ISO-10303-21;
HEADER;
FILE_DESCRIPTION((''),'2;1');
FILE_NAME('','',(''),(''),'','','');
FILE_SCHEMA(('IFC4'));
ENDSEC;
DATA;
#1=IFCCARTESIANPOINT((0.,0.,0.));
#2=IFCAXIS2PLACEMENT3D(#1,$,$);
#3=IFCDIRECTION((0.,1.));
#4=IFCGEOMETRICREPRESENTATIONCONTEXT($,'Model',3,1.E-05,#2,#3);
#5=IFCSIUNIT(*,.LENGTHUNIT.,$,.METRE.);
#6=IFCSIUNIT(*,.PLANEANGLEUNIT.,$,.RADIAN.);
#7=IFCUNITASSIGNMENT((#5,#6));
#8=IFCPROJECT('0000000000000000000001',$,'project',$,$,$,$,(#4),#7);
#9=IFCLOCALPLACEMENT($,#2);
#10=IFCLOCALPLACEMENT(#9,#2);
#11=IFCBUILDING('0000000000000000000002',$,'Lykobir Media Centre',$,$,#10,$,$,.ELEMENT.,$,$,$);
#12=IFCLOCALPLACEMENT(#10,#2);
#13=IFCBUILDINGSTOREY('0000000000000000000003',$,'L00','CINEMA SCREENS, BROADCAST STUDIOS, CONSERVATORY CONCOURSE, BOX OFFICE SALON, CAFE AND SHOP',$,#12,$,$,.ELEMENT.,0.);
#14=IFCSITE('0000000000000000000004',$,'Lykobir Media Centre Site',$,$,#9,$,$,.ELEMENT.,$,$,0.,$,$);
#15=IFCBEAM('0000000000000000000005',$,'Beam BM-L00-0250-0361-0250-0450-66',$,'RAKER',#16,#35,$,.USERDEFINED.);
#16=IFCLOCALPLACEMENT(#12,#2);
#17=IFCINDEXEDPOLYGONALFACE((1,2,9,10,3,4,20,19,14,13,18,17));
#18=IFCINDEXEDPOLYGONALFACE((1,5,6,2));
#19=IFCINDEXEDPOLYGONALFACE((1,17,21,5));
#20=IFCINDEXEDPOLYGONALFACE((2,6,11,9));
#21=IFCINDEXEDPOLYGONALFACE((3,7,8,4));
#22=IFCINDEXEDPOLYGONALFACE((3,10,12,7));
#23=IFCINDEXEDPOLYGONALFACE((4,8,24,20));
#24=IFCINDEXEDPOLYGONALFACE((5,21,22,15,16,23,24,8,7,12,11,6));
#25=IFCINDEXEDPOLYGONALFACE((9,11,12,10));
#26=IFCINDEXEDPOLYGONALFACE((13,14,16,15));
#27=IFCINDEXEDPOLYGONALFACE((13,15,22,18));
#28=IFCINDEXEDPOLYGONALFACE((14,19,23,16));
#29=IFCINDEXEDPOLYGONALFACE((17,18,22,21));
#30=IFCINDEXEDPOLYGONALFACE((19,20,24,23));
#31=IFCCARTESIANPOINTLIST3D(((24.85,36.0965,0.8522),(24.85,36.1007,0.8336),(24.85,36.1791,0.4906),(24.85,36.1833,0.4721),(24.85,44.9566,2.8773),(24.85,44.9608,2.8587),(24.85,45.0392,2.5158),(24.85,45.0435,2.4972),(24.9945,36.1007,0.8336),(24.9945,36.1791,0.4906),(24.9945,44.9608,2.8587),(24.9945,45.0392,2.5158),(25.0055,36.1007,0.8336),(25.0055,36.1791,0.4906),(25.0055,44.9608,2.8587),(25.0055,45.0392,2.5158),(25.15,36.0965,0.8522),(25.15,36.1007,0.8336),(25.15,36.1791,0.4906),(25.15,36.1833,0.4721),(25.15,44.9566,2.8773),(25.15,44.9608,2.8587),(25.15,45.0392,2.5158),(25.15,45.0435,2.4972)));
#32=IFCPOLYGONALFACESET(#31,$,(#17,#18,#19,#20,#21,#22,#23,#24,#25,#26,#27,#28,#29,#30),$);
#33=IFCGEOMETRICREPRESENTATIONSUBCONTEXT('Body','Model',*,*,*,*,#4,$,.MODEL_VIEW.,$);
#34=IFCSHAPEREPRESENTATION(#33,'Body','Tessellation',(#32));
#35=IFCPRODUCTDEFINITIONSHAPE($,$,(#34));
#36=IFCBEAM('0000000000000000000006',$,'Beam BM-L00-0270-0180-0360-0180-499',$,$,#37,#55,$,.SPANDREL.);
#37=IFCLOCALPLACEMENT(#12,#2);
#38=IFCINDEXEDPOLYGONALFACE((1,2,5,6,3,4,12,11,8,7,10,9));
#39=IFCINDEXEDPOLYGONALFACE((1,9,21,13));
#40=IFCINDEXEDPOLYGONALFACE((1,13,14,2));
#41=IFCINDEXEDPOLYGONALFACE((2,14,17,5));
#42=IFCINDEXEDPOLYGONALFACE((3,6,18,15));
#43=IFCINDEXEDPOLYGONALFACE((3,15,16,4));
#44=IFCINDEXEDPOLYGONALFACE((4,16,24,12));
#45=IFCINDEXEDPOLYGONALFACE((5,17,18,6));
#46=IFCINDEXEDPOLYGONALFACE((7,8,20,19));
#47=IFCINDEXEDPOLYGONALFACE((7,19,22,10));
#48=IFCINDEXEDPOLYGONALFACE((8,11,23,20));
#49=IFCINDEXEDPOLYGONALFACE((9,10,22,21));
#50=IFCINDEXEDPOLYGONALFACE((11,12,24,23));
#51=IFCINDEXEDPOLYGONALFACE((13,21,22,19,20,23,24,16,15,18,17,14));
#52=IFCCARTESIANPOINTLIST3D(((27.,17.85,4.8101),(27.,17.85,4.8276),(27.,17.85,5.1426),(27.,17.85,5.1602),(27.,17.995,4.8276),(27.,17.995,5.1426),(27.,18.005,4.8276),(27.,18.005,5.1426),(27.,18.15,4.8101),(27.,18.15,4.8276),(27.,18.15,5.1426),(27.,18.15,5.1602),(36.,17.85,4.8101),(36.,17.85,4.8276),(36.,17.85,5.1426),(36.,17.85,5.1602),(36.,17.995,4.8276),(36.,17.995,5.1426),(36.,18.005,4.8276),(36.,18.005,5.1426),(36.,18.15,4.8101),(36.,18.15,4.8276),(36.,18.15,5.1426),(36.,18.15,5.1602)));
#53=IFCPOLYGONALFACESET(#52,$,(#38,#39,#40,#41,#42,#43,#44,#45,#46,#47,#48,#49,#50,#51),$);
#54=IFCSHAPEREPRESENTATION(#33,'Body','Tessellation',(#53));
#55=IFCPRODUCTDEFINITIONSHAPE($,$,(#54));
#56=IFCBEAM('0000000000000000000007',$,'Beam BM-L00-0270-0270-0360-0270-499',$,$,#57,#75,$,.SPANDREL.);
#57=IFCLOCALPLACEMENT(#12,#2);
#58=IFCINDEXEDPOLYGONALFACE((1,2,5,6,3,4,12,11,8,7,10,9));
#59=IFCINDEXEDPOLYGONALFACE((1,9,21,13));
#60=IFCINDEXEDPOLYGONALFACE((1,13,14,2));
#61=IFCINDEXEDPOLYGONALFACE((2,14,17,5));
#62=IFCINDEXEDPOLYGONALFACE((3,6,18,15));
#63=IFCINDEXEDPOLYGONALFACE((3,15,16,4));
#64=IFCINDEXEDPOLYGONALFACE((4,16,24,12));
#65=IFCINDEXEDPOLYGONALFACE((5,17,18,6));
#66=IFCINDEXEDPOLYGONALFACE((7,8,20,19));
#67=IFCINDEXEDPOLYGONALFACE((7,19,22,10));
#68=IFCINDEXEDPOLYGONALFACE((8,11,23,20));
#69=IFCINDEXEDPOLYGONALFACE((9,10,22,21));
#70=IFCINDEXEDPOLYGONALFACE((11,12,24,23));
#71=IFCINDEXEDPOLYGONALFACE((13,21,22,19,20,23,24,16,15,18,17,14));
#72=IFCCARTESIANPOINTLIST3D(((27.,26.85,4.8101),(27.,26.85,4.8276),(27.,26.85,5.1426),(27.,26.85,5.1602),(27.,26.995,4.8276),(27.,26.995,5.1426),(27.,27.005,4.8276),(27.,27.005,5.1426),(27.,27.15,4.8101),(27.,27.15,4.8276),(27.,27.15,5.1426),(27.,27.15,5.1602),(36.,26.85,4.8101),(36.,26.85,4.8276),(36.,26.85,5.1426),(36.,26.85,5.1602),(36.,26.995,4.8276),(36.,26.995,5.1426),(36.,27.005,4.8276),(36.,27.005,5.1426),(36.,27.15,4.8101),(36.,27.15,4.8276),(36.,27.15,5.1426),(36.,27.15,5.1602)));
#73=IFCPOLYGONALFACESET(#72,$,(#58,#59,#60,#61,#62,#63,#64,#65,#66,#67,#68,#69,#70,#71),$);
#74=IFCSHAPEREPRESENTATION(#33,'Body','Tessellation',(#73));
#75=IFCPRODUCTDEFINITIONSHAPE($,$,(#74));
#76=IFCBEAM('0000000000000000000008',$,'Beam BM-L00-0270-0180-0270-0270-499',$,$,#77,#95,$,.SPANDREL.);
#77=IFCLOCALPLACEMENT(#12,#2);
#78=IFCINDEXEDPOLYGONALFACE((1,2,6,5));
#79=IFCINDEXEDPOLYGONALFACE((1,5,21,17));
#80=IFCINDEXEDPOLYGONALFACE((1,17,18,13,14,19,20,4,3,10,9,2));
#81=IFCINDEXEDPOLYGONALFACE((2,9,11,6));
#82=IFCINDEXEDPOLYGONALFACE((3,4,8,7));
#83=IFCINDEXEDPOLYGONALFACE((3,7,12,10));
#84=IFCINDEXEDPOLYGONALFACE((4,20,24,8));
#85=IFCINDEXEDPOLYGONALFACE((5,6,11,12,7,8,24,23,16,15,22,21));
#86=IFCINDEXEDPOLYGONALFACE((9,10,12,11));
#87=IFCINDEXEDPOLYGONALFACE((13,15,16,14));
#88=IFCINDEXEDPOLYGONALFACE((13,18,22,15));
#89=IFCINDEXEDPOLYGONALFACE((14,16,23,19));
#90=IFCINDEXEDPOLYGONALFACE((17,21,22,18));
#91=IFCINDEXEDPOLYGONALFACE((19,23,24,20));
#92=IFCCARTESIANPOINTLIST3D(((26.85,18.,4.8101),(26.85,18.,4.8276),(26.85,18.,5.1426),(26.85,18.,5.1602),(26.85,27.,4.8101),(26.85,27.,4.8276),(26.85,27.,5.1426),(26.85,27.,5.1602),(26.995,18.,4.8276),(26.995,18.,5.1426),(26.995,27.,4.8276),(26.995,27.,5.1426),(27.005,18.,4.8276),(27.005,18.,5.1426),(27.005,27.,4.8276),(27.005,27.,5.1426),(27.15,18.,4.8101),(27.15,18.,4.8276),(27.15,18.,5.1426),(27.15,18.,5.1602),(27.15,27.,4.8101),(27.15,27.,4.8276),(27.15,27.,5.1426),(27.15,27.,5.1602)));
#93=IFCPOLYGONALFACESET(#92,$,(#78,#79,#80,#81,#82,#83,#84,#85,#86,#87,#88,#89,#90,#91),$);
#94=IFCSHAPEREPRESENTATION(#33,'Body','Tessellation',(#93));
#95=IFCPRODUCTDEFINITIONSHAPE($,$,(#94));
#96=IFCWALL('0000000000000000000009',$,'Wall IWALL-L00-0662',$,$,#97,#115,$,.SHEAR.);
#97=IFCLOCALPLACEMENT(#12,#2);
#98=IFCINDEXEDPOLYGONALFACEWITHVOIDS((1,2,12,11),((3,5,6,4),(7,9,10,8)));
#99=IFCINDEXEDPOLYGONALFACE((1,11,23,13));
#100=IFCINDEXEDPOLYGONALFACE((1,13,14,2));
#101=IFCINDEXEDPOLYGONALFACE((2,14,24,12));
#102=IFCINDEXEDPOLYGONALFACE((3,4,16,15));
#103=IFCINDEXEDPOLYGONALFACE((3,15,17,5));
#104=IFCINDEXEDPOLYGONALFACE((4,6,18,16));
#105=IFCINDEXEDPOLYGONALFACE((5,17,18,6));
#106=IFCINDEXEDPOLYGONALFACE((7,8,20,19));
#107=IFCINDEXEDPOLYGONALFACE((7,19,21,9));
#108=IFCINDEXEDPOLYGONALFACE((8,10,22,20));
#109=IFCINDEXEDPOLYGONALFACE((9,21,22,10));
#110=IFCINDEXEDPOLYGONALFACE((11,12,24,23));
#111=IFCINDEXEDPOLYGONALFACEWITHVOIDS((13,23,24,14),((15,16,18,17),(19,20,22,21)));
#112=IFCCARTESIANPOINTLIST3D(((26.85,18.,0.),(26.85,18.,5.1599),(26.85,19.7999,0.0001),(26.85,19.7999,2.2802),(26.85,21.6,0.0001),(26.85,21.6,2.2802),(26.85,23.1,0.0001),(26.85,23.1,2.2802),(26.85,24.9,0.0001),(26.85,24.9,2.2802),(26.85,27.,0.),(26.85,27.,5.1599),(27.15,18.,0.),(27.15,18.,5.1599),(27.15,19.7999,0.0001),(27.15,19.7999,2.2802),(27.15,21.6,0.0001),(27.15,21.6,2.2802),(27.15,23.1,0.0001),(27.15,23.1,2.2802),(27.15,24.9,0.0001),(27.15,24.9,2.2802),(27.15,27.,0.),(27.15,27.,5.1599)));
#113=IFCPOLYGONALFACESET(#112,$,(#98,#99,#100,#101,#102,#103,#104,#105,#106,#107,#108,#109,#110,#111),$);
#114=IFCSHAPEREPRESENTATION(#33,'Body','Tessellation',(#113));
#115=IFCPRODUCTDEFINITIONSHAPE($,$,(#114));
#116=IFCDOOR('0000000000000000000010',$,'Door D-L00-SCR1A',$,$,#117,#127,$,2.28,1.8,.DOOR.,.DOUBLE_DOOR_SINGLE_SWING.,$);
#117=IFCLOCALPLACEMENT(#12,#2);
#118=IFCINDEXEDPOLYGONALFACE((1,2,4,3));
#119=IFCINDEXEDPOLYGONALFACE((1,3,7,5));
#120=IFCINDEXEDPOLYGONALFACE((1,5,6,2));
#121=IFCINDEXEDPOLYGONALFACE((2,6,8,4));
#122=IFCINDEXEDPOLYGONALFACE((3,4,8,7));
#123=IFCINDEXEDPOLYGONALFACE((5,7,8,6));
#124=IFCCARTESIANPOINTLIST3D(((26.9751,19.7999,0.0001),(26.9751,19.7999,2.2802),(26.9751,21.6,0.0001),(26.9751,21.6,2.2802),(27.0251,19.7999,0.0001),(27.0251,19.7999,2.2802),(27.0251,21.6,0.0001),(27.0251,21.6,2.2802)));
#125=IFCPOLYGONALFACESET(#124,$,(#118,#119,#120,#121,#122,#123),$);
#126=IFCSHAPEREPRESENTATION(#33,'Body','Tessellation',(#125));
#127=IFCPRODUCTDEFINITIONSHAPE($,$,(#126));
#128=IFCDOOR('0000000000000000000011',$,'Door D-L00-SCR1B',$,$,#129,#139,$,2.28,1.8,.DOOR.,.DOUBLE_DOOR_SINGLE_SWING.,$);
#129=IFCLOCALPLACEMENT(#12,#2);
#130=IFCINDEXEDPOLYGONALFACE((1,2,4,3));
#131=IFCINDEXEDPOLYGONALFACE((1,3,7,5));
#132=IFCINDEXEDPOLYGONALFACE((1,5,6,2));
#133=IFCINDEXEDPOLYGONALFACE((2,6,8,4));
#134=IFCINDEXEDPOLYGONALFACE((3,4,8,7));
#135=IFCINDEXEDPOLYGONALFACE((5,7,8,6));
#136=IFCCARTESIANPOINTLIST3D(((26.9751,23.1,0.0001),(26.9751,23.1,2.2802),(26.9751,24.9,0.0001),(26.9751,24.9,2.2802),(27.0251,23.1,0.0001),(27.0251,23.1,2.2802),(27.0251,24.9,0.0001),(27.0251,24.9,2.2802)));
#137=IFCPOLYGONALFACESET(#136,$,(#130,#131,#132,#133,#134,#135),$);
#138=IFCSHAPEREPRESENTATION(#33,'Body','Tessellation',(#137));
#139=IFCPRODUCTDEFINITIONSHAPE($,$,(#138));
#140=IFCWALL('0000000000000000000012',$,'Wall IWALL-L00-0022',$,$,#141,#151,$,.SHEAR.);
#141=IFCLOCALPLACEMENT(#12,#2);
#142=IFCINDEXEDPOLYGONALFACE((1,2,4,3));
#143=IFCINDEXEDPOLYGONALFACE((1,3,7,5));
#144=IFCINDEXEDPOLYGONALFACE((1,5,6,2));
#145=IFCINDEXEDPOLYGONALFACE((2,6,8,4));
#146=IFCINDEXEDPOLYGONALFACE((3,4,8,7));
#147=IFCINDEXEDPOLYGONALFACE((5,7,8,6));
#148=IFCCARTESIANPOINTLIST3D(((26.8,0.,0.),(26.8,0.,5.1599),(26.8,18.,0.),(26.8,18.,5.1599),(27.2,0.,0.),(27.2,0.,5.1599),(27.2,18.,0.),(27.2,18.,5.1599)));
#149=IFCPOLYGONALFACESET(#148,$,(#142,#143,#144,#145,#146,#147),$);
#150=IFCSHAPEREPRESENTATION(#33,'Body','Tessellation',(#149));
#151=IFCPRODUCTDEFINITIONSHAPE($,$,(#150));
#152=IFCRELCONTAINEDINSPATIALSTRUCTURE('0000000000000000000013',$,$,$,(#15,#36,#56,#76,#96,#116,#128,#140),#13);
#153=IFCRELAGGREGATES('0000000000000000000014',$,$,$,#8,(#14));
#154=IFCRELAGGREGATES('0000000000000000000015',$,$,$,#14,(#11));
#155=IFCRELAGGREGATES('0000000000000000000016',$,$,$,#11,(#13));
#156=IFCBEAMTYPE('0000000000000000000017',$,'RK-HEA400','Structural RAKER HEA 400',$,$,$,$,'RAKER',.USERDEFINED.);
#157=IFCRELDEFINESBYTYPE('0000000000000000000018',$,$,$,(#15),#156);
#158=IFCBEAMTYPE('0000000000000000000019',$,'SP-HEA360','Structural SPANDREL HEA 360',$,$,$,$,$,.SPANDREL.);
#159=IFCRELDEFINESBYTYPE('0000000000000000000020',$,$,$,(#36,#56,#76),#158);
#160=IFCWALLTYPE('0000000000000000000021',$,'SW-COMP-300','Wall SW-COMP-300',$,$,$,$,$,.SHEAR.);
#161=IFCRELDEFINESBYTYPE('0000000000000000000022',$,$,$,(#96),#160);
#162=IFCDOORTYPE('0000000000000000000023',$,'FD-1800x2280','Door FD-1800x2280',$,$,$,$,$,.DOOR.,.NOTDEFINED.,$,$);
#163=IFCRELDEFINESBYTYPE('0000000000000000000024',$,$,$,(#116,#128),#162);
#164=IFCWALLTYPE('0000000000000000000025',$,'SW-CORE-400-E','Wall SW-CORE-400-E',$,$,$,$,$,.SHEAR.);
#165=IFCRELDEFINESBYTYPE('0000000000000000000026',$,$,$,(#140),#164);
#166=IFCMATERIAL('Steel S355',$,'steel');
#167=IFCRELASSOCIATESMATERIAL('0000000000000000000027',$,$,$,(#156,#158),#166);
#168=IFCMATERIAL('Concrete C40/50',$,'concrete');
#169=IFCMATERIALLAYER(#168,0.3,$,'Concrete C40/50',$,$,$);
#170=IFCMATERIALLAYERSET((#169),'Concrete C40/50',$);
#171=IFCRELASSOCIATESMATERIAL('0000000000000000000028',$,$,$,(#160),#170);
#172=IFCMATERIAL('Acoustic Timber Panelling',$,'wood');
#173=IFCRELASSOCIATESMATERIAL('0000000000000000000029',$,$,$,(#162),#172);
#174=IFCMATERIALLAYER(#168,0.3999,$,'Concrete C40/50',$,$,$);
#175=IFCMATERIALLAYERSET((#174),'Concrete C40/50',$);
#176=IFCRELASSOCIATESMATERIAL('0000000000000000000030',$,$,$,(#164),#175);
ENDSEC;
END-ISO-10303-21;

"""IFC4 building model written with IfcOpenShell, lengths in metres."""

from ifc_helpers import new_model, si_unit, direction, frame, frame_2d, origin, origin_2d, place, context, subcontext, project, spatial, rectangle, i_section, extrude, material, layer, layer_set, material_profile, profile_set, type_object, element, fill, save


model = new_model("IFC4")

# Units and contexts
model_context = context("Model", 3, precision=1e-05, world=origin(), true_north=direction((0.0, 1.0)))
body_context = subcontext(model_context, "Body", "Model", "MODEL_VIEW")
ifc_project = project(units=[si_unit("LENGTHUNIT", "METRE"), si_unit("PLANEANGLEUNIT", "RADIAN")], contexts=[model_context])

# Site, building, storey
site_placement = place(None, origin())
site = spatial("IfcSite", under=ifc_project, at=site_placement, Name="Lykobir Media Centre Site", CompositionType="ELEMENT", RefElevation=0.0)
building_placement = place(site_placement, origin())
building = spatial("IfcBuilding", under=site, at=building_placement, Name="Lykobir Media Centre", CompositionType="ELEMENT")
storey_placement = place(building_placement, origin())
storey = spatial("IfcBuildingStorey", under=building, at=storey_placement, Name="L00", Description="CINEMA SCREENS, BROADCAST STUDIOS, CONSERVATORY CONCOURSE, BOX OFFICE SALON, CAFE AND SHOP", CompositionType="ELEMENT", Elevation=0.0)

# Shared definitions
ifc_material_1 = material(Name="Concrete C40/50", Category="concrete")
ifc_material_2 = material(Name="Steel S355", Category="steel")

# Beams
ifc_material_profile_1 = material_profile(ifc_material_2, i_section(OverallWidth=0.3, OverallDepth=0.3899, WebThickness=0.011, FlangeThickness=0.019, at=origin_2d()), Name="HEA 400")
ifc_profile_set_1 = profile_set([ifc_material_profile_1], Name="Steel S355")
beam_type_1 = type_object("IfcBeamType", Name="RK-HEA400", Description="Structural RAKER HEA 400", ElementType="RAKER", PredefinedType="USERDEFINED", material=ifc_profile_set_1)
for number, where, z_axis, x_axis, name in (
    (1, (25.0, 36.1399, 0.6621), (0.0, 0.974859, 0.222823), (-1.0, 0.0, 0.0), "Beam BM-L00-0250-0361-0250-0450-66"),
):
    element("IfcBeam", number, at=place(storey_placement, frame(where, z_axis=z_axis, x_axis=x_axis)), inside=storey, type_object=beam_type_1, Name=name, ObjectType="RAKER", PredefinedType="USERDEFINED", context=body_context, shape_type="SweptSolid", body=[
        extrude(i_section(OverallWidth=0.3, OverallDepth=0.3899, WebThickness=0.011, FlangeThickness=0.019, at=origin_2d()), origin(), (0.0, 0.0, 1.0), 9.0886),
    ])
ifc_material_profile_2 = material_profile(ifc_material_2, i_section(OverallWidth=0.3, OverallDepth=0.3501, WebThickness=0.01, FlangeThickness=0.0176, at=origin_2d()), Name="HEA 360")
ifc_profile_set_2 = profile_set([ifc_material_profile_2], Name="Steel S355")
beam_type_2 = type_object("IfcBeamType", Name="SP-HEA360", Description="Structural SPANDREL HEA 360", PredefinedType="SPANDREL", material=ifc_profile_set_2)
for number, where, z_axis, x_axis, name in (
    (2, (27.0, 18.0, 4.9851), (1.0, 0.0, 0.0), (0.0, 1.0, 0.0), "Beam BM-L00-0270-0180-0360-0180-499"),
    (3, (27.0, 27.0, 4.9851), (1.0, 0.0, 0.0), (0.0, 1.0, 0.0), "Beam BM-L00-0270-0270-0360-0270-499"),
    (4, (27.0, 18.0, 4.9851), (0.0, 1.0, 0.0), (-1.0, 0.0, 0.0), "Beam BM-L00-0270-0180-0270-0270-499"),
):
    element("IfcBeam", number, at=place(storey_placement, frame(where, z_axis=z_axis, x_axis=x_axis)), inside=storey, type_object=beam_type_2, Name=name, PredefinedType="SPANDREL", context=body_context, shape_type="SweptSolid", body=[
        extrude(i_section(OverallWidth=0.3, OverallDepth=0.3501, WebThickness=0.01, FlangeThickness=0.0176, at=origin_2d()), origin(), (0.0, 0.0, 1.0), 9.0),
    ])

# Wall, openings, doors
ifc_layer_1 = layer(ifc_material_1, 0.3, Name="Concrete C40/50")
ifc_layer_set_1 = layer_set([ifc_layer_1], Name="Concrete C40/50")
wall_type_1 = type_object("IfcWallType", Name="SW-COMP-300", Description="Wall SW-COMP-300", PredefinedType="SHEAR", material=ifc_layer_set_1)
wall_1_placement = place(storey_placement, frame((27.0, 18.0, 0.0), z_axis=(0.0, 0.0, 1.0), x_axis=(0.0, 1.0, 0.0)))
wall_1 = element("IfcWall", 5, at=wall_1_placement, inside=storey, type_object=wall_type_1, Name="Wall IWALL-L00-0662", PredefinedType="SHEAR", context=body_context, shape_type="SweptSolid", body=[
    extrude(rectangle(XDim=9.0, YDim=0.3, at=frame_2d((4.5, 0.0))), origin(), (0.0, 0.0, 1.0), 5.1599),
])
opening_1_placement = place(wall_1_placement, frame((1.8, 0.0, 0.0)))
opening_1 = element("IfcOpeningElement", 6, at=opening_1_placement, cuts=wall_1, PredefinedType="OPENING", context=body_context, shape_type="SweptSolid", body=[
    extrude(rectangle(XDim=1.8, YDim=2.28, at=frame_2d((0.8999, 1.1401))), frame((0.0, 0.1599, 0.0), z_axis=(0.0, -1.0, 0.0), x_axis=(1.0, 0.0, 0.0)), (0.0, 0.0, 1.0), 0.3201),
])
opening_2_placement = place(wall_1_placement, frame((5.1001, 0.0, 0.0)))
opening_2 = element("IfcOpeningElement", 7, at=opening_2_placement, cuts=wall_1, PredefinedType="OPENING", context=body_context, shape_type="SweptSolid", body=[
    extrude(rectangle(XDim=1.8, YDim=2.28, at=frame_2d((0.8999, 1.1401))), frame((0.0, 0.1599, 0.0), z_axis=(0.0, -1.0, 0.0), x_axis=(1.0, 0.0, 0.0)), (0.0, 0.0, 1.0), 0.3201),
])
ifc_material_3 = material(Name="Acoustic Timber Panelling", Category="wood")
door_type = type_object("IfcDoorType", Name="FD-1800x2280", Description="Door FD-1800x2280", OperationType="NOTDEFINED", PredefinedType="DOOR", material=ifc_material_3)
door_1_placement = place(opening_1_placement, origin())
door_1 = element("IfcDoor", 8, at=door_1_placement, inside=storey, type_object=door_type, Name="Door D-L00-SCR1A", OperationType="DOUBLE_DOOR_SINGLE_SWING", OverallHeight=2.28, OverallWidth=1.8, PredefinedType="DOOR", context=body_context, shape_type="SweptSolid", body=[
    extrude(rectangle(XDim=1.8, YDim=2.28, at=frame_2d((0.8999, 1.1401))), frame((0.0, 0.0249, 0.0), z_axis=(0.0, -1.0, 0.0), x_axis=(1.0, 0.0, 0.0)), (0.0, 0.0, 1.0), 0.05),
])
fill(opening_1, door_1)
door_2_placement = place(opening_2_placement, origin())
door_2 = element("IfcDoor", 9, at=door_2_placement, inside=storey, type_object=door_type, Name="Door D-L00-SCR1B", OperationType="DOUBLE_DOOR_SINGLE_SWING", OverallHeight=2.28, OverallWidth=1.8, PredefinedType="DOOR", context=body_context, shape_type="SweptSolid", body=[
    extrude(rectangle(XDim=1.8, YDim=2.28, at=frame_2d((0.8999, 1.1401))), frame((0.0, 0.0249, 0.0), z_axis=(0.0, -1.0, 0.0), x_axis=(1.0, 0.0, 0.0)), (0.0, 0.0, 1.0), 0.05),
])
fill(opening_2, door_2)

# Wall
ifc_layer_2 = layer(ifc_material_1, 0.3999, Name="Concrete C40/50")
ifc_layer_set_2 = layer_set([ifc_layer_2], Name="Concrete C40/50")
wall_type_2 = type_object("IfcWallType", Name="SW-CORE-400-E", Description="Wall SW-CORE-400-E", PredefinedType="SHEAR", material=ifc_layer_set_2)
wall_2_placement = place(storey_placement, frame((27.0, 18.0, 0.0), z_axis=(0.0, 0.0, 1.0), x_axis=(0.0, -1.0, 0.0)))
element("IfcWall", 10, at=wall_2_placement, inside=storey, type_object=wall_type_2, Name="Wall IWALL-L00-0022", PredefinedType="SHEAR", context=body_context, shape_type="SweptSolid", body=[
    extrude(rectangle(XDim=18.0, YDim=0.3999, at=frame_2d((9.0, 0.0))), origin(), (0.0, 0.0, 1.0), 5.1599),
])

save(model, "model.ifc")
